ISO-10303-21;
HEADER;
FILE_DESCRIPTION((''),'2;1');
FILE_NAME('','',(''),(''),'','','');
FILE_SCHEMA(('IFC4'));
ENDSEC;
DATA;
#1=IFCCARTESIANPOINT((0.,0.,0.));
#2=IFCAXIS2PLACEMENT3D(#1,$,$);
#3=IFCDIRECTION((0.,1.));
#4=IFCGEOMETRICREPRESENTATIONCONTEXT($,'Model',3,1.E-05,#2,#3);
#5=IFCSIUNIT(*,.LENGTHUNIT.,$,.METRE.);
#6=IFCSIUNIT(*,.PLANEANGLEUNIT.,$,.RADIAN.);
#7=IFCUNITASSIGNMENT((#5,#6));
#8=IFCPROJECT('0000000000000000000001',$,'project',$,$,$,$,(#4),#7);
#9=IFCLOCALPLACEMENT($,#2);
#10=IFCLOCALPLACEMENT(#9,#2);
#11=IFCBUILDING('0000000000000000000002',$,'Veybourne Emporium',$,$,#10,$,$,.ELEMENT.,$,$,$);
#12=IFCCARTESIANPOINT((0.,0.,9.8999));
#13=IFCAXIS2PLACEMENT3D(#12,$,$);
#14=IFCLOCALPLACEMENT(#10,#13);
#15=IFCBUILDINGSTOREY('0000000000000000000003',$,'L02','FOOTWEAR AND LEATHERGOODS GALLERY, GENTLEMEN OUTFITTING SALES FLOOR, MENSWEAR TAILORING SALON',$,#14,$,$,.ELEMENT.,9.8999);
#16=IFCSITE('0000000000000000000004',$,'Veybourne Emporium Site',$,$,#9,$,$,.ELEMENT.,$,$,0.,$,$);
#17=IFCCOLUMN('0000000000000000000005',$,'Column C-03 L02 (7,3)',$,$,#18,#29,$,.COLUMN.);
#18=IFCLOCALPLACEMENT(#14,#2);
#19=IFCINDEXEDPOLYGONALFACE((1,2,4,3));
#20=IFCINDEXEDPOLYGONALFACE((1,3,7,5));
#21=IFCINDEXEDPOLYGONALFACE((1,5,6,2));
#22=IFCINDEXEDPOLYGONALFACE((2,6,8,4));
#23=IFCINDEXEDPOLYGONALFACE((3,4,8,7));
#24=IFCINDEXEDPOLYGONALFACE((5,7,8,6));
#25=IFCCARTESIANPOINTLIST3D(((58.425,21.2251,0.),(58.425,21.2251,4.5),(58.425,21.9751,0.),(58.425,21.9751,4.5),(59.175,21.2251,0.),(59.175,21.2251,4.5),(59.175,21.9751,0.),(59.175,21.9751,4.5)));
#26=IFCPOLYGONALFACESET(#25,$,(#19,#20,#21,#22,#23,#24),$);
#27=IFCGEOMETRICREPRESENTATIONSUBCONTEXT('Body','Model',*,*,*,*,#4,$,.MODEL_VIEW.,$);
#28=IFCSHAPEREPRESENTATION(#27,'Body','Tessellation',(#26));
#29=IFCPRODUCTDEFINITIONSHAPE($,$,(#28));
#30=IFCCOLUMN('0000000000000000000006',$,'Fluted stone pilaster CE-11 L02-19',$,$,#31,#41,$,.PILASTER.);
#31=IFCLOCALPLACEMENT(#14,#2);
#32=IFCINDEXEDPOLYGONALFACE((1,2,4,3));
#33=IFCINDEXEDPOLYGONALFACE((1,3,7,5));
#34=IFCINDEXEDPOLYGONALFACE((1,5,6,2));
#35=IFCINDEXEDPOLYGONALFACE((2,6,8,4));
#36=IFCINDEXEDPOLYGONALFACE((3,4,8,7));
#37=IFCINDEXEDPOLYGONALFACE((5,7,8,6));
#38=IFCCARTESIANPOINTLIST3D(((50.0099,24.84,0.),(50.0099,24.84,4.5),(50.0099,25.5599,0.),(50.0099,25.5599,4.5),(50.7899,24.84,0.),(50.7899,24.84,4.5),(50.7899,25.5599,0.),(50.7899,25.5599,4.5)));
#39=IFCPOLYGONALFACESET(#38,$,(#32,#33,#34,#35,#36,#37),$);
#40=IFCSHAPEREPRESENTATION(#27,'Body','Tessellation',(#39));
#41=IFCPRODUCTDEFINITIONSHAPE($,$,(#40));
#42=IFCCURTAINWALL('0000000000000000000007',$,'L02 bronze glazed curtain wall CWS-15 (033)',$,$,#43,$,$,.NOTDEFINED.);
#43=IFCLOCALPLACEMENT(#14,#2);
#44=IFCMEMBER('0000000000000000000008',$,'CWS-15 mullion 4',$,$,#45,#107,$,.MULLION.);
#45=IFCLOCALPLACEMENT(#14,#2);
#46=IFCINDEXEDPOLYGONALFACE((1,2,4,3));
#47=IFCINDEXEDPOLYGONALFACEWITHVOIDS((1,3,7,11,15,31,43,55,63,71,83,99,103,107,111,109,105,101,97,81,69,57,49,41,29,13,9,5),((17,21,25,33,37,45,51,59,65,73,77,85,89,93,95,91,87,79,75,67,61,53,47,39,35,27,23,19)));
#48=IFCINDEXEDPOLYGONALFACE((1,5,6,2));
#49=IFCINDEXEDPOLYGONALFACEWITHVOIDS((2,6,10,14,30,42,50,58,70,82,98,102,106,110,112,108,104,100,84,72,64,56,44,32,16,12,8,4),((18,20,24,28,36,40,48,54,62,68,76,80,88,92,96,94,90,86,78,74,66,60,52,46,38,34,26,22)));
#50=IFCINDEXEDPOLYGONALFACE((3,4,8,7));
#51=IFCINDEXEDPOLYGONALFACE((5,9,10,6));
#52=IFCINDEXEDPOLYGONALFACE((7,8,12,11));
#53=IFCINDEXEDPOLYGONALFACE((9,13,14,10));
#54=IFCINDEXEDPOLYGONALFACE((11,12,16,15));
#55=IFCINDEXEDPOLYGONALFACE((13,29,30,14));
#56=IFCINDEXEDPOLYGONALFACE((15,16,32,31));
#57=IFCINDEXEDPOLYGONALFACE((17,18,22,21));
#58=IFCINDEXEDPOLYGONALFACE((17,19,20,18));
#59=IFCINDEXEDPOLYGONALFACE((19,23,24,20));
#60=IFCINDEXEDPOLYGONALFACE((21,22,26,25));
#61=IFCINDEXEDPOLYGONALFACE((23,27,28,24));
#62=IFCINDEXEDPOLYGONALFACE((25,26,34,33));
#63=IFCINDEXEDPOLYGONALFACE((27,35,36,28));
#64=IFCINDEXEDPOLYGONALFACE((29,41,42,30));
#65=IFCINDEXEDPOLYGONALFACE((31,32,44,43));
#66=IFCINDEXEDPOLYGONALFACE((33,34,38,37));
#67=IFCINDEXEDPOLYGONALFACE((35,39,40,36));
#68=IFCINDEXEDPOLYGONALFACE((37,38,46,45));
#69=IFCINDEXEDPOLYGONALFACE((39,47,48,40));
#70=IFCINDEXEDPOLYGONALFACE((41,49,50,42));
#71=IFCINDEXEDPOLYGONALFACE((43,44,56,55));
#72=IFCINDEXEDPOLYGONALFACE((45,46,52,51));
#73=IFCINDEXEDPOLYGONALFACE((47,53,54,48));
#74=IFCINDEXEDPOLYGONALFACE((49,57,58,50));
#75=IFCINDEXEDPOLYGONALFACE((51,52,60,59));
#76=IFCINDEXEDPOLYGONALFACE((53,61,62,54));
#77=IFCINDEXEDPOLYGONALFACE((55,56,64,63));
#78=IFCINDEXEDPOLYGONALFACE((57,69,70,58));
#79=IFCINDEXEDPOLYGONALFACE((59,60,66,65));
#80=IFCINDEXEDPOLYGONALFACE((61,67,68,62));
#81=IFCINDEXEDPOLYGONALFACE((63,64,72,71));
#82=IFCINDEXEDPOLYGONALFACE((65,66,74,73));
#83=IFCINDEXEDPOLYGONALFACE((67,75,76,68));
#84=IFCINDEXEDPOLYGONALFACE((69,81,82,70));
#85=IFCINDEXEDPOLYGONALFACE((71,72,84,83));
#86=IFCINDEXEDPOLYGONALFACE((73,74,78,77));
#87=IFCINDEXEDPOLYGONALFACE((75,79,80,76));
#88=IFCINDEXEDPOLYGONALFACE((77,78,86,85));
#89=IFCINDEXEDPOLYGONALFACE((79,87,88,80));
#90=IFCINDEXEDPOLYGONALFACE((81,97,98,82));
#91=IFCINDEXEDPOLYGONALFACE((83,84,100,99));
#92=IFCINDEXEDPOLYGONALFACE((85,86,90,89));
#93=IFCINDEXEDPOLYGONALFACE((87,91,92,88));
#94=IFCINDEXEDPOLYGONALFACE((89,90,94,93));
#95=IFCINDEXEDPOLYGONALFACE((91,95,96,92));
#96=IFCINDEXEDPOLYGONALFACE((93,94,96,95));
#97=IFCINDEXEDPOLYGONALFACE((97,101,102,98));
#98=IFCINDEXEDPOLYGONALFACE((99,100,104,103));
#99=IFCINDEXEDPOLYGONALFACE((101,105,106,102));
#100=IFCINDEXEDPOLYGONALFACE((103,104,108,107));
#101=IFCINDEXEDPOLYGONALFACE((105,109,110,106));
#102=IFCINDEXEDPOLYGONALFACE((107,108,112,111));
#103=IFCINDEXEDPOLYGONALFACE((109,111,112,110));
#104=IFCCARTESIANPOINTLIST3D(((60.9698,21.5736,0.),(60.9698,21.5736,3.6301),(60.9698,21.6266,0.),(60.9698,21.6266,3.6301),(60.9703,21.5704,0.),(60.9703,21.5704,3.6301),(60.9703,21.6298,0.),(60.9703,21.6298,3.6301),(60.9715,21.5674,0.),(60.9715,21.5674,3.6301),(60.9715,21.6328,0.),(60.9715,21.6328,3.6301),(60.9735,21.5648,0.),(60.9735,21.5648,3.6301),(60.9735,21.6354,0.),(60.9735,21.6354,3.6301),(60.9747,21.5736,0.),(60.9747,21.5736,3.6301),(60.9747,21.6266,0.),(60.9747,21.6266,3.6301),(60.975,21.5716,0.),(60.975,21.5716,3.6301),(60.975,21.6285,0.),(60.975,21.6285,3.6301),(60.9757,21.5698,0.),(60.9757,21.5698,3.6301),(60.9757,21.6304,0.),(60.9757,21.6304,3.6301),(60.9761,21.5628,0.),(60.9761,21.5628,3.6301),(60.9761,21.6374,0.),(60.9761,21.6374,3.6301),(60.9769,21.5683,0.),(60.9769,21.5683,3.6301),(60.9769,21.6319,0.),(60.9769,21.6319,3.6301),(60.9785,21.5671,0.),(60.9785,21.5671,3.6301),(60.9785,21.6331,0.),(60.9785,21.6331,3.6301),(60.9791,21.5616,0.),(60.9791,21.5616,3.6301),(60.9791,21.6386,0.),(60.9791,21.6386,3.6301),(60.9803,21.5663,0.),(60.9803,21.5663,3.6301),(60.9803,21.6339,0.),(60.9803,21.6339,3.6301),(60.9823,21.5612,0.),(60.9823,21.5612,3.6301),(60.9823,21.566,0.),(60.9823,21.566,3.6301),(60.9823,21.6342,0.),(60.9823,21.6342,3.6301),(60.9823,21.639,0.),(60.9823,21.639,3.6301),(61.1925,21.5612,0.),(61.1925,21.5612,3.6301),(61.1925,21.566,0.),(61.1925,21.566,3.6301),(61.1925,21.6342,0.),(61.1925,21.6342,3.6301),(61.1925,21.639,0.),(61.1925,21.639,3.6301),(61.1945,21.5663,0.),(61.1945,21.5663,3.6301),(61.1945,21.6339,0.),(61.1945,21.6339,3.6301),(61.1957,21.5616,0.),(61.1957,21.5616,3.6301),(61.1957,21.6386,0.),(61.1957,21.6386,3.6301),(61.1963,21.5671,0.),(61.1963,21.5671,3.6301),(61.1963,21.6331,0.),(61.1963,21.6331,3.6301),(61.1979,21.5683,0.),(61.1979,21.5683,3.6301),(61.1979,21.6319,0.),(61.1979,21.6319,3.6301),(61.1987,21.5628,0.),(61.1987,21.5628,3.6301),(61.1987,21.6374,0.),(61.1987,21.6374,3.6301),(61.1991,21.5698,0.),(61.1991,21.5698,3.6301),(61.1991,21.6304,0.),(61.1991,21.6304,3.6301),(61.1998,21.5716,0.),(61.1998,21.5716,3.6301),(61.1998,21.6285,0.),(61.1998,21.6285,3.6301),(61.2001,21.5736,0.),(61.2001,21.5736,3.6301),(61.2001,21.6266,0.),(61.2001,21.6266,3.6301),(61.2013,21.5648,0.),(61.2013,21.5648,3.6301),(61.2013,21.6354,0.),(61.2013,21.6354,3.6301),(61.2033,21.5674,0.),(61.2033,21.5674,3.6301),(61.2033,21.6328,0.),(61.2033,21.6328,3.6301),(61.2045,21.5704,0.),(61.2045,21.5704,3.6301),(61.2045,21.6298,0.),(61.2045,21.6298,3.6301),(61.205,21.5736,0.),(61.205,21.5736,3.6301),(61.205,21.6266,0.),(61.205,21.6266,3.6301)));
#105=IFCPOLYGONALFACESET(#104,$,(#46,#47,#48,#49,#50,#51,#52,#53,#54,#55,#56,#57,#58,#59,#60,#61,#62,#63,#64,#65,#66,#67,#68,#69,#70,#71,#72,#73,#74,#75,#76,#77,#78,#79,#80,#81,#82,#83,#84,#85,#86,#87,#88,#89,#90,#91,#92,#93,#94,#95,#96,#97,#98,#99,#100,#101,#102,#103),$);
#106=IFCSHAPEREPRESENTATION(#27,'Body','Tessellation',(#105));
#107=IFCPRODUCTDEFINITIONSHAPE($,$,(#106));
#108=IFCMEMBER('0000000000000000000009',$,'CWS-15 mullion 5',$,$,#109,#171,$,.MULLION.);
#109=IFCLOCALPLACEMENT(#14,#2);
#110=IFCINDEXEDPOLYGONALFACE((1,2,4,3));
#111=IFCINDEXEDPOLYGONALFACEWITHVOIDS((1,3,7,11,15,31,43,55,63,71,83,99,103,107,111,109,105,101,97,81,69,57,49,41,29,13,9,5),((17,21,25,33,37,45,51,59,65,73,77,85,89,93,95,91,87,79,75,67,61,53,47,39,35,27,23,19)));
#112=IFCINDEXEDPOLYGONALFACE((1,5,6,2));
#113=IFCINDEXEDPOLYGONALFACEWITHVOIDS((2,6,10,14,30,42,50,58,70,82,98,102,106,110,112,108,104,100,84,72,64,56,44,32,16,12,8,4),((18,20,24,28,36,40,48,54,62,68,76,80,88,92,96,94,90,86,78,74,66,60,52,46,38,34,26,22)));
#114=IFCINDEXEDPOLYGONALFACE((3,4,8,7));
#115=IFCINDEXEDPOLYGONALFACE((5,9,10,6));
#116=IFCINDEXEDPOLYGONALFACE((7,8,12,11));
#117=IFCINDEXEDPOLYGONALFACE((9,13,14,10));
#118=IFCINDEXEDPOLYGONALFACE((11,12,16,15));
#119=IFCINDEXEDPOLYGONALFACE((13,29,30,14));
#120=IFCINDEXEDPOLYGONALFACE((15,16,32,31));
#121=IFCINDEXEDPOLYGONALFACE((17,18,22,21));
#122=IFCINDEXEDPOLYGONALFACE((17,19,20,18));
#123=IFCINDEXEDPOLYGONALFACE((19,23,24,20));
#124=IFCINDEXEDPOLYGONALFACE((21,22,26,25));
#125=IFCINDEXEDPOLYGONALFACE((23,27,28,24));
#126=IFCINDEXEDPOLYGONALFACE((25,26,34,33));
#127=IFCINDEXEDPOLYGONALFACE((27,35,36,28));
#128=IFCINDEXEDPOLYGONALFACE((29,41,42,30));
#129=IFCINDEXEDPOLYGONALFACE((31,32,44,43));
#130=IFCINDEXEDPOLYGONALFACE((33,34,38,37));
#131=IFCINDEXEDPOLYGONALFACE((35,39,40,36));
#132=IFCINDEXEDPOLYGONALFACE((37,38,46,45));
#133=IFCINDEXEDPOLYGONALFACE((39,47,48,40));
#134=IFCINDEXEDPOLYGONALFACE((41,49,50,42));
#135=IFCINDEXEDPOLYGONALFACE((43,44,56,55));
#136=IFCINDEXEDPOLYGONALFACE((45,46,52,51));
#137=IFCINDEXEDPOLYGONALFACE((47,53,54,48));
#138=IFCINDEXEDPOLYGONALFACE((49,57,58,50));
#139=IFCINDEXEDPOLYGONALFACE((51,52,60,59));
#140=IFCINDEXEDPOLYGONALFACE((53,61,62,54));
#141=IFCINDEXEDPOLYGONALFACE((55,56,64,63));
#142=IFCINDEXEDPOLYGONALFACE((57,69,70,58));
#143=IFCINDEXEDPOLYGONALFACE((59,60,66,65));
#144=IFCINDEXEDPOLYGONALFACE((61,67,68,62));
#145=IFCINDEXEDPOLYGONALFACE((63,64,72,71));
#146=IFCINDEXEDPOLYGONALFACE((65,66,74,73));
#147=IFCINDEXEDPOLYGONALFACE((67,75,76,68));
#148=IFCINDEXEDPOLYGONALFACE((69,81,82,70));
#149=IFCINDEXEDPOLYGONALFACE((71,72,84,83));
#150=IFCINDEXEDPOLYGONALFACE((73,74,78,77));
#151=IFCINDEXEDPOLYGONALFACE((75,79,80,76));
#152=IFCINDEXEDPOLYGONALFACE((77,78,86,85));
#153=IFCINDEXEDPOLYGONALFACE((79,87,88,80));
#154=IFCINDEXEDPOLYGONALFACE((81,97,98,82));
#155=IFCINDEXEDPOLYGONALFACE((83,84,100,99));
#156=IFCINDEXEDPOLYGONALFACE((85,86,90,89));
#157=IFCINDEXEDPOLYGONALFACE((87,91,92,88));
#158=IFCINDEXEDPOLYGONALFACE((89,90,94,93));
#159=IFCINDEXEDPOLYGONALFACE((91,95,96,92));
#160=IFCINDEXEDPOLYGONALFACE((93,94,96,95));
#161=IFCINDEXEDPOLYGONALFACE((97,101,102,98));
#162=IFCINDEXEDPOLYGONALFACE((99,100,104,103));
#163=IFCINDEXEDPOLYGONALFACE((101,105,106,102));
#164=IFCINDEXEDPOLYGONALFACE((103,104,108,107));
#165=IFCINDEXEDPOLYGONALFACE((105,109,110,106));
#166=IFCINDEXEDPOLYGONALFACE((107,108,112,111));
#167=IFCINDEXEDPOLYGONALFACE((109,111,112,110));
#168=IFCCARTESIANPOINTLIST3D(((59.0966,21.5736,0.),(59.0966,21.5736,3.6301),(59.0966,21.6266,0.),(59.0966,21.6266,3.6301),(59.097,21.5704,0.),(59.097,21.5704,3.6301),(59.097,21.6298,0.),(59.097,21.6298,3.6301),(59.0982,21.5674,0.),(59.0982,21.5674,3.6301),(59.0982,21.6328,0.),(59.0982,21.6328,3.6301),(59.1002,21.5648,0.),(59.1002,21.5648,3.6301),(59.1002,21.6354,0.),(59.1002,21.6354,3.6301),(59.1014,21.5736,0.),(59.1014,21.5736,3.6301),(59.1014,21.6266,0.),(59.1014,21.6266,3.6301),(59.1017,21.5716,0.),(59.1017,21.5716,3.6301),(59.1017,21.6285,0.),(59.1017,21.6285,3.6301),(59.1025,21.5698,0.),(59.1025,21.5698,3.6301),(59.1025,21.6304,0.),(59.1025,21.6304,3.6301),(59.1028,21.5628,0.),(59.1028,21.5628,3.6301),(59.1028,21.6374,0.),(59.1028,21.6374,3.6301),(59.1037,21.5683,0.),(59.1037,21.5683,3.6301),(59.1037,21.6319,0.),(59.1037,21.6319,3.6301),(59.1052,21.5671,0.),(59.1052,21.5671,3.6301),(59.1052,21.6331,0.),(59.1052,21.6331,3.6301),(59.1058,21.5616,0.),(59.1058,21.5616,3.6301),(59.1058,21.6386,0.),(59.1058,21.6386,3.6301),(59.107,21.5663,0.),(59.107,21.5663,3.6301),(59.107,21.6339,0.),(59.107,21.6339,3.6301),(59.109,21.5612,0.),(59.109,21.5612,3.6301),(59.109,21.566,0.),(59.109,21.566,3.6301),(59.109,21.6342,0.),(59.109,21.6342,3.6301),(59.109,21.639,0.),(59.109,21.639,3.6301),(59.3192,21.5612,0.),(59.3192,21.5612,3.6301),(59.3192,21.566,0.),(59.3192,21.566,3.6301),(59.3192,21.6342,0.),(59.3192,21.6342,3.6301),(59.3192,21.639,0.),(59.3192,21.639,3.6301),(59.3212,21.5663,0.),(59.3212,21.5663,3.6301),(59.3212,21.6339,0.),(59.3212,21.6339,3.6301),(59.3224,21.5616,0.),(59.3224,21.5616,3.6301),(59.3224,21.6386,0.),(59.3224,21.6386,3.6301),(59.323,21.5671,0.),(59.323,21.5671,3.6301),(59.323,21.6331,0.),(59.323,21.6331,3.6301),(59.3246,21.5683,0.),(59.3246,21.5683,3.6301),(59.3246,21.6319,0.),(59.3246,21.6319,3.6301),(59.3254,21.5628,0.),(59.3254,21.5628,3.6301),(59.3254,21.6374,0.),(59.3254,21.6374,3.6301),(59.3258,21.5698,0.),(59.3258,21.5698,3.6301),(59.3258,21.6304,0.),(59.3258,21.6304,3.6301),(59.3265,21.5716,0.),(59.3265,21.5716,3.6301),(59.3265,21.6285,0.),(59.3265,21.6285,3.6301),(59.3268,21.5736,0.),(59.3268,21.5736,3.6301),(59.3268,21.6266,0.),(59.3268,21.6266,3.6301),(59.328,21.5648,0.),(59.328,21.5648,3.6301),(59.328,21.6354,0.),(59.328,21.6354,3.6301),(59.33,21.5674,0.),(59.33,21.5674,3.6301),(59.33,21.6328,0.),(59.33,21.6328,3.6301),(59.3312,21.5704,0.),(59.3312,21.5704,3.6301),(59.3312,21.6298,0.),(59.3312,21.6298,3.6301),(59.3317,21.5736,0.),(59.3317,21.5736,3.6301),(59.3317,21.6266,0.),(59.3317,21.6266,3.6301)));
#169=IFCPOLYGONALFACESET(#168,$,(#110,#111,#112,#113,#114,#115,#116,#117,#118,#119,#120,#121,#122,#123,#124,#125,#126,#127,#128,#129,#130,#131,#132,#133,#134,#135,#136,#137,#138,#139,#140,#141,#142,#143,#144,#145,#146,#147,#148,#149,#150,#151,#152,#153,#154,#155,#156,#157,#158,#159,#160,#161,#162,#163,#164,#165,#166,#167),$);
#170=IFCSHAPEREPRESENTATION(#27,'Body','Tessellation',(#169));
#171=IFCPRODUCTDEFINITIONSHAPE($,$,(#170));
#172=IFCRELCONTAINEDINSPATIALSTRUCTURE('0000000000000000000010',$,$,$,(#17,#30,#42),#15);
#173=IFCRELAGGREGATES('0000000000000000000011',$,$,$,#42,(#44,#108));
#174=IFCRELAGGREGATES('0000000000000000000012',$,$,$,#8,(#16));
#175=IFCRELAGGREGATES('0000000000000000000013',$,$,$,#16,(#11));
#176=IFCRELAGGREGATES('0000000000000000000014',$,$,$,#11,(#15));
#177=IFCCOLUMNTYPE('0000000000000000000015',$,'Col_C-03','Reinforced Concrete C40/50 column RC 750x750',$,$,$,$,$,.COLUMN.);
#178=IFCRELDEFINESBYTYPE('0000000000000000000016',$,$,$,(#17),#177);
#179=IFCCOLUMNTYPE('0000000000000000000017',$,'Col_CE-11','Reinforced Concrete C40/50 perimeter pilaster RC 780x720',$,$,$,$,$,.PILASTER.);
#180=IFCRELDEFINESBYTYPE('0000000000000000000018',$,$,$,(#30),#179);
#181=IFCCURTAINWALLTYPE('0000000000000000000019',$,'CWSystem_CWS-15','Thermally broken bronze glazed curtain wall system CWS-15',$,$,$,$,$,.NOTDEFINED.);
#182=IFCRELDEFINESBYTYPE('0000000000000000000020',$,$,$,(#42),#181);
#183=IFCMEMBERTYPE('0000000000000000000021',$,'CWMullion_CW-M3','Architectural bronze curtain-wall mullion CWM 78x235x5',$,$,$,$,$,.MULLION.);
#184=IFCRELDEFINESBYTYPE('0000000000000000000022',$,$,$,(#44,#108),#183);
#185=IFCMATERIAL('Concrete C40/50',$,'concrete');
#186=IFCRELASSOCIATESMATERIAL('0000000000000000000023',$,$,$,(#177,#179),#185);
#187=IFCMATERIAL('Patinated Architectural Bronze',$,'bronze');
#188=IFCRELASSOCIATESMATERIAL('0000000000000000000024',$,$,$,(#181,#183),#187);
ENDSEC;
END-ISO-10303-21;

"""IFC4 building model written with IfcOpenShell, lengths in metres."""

from ifc_helpers import new_model, si_unit, direction, frame, origin, origin_2d, place, context, subcontext, project, spatial, rectangle, hollow_rectangle, extrude, material, material_profile, profile_set, type_object, element, aggregate, save


model = new_model("IFC4")

# Units and contexts
model_context = context("Model", 3, precision=1e-05, world=origin(), true_north=direction((0.0, 1.0)))
body_context = subcontext(model_context, "Body", "Model", "MODEL_VIEW")
ifc_project = project(units=[si_unit("LENGTHUNIT", "METRE"), si_unit("PLANEANGLEUNIT", "RADIAN")], contexts=[model_context])

# Site, building, storey
site_placement = place(None, origin())
site = spatial("IfcSite", under=ifc_project, at=site_placement, Name="Veybourne Emporium Site", CompositionType="ELEMENT", RefElevation=0.0)
building_placement = place(site_placement, origin())
building = spatial("IfcBuilding", under=site, at=building_placement, Name="Veybourne Emporium", CompositionType="ELEMENT")
storey_placement = place(building_placement, frame((0.0, 0.0, 9.8999)))
storey = spatial("IfcBuildingStorey", under=building, at=storey_placement, Name="L02", Description="FOOTWEAR AND LEATHERGOODS GALLERY, GENTLEMEN OUTFITTING SALES FLOOR, MENSWEAR TAILORING SALON", CompositionType="ELEMENT", Elevation=9.8999)

# Columns
ifc_material_1 = material(Name="Concrete C40/50", Category="concrete")
ifc_material_profile_1 = material_profile(ifc_material_1, rectangle(XDim=0.75, YDim=0.75, at=origin_2d()), Name="RC 750x750")
ifc_profile_set_1 = profile_set([ifc_material_profile_1], Name="Concrete C40/50")
column_type_1 = type_object("IfcColumnType", Name="Col_C-03", Description="Reinforced Concrete C40/50 column RC 750x750", PredefinedType="COLUMN", material=ifc_profile_set_1)
column_1_placement = place(storey_placement, frame((58.8, 21.6001, 0.0), z_axis=(0.0, 0.0, 1.0), x_axis=(1.0, 0.0, 0.0)))
element("IfcColumn", 1, at=column_1_placement, inside=storey, type_object=column_type_1, Name="Column C-03 L02 (7,3)", PredefinedType="COLUMN", context=body_context, shape_type="SweptSolid", body=[
    extrude(rectangle(XDim=0.75, YDim=0.75, at=origin_2d()), origin(), (0.0, 0.0, 1.0), 4.5),
])
ifc_material_profile_2 = material_profile(ifc_material_1, rectangle(XDim=0.78, YDim=0.72, at=origin_2d()), Name="RC 780x720")
ifc_profile_set_2 = profile_set([ifc_material_profile_2], Name="Concrete C40/50")
column_type_2 = type_object("IfcColumnType", Name="Col_CE-11", Description="Reinforced Concrete C40/50 perimeter pilaster RC 780x720", PredefinedType="PILASTER", material=ifc_profile_set_2)
column_2_placement = place(storey_placement, frame((50.3999, 25.2, 0.0), z_axis=(0.0, 0.0, 1.0), x_axis=(1.0, 0.0, 0.0)))
element("IfcColumn", 2, at=column_2_placement, inside=storey, type_object=column_type_2, Name="Fluted stone pilaster CE-11 L02-19", PredefinedType="PILASTER", context=body_context, shape_type="SweptSolid", body=[
    extrude(rectangle(XDim=0.78, YDim=0.72, at=origin_2d()), origin(), (0.0, 0.0, 1.0), 4.5),
])

# Curtain wall, members
ifc_material_2 = material(Name="Patinated Architectural Bronze", Category="bronze")
curtain_wall_type = type_object("IfcCurtainWallType", Name="CWSystem_CWS-15", Description="Thermally broken bronze glazed curtain wall system CWS-15", PredefinedType="NOTDEFINED", material=ifc_material_2)
curtain_wall_placement = place(storey_placement, origin())
curtain_wall = element("IfcCurtainWall", 3, at=curtain_wall_placement, inside=storey, type_object=curtain_wall_type, Name="L02 bronze glazed curtain wall CWS-15 (033)", PredefinedType="NOTDEFINED")
ifc_material_profile_3 = material_profile(ifc_material_2, hollow_rectangle(XDim=0.0779, YDim=0.2351, WallThickness=0.0049, InnerFilletRadius=0.0076, OuterFilletRadius=0.0125, at=origin_2d()), Name="CWM 78x235x5")
ifc_profile_set_3 = profile_set([ifc_material_profile_3], Name="Patinated Architectural Bronze")
member_type_1 = type_object("IfcMemberType", Name="CWMullion_CW-M3", Description="Architectural bronze curtain-wall mullion CWM 78x235x5", PredefinedType="MULLION", material=ifc_profile_set_3)
member_1_placement = place(storey_placement, frame((61.0874, 21.6001, 0.0), z_axis=(0.0, 0.0, 1.0), x_axis=(0.0, -1.0, 0.0)))
member_1 = element("IfcMember", 4, at=member_1_placement, type_object=member_type_1, Name="CWS-15 mullion 4", PredefinedType="MULLION", context=body_context, shape_type="SweptSolid", body=[
    extrude(hollow_rectangle(XDim=0.0779, YDim=0.2351, WallThickness=0.0049, InnerFilletRadius=0.0076, OuterFilletRadius=0.0125, at=origin_2d()), origin(), (0.0, 0.0, 1.0), 3.6301),
])
member_2_placement = place(storey_placement, frame((59.2141, 21.6001, 0.0), z_axis=(0.0, 0.0, 1.0), x_axis=(0.0, -1.0, 0.0)))
member_2 = element("IfcMember", 5, at=member_2_placement, type_object=member_type_1, Name="CWS-15 mullion 5", PredefinedType="MULLION", context=body_context, shape_type="SweptSolid", body=[
    extrude(hollow_rectangle(XDim=0.0779, YDim=0.2351, WallThickness=0.0049, InnerFilletRadius=0.0076, OuterFilletRadius=0.0125, at=origin_2d()), origin(), (0.0, 0.0, 1.0), 3.6301),
])

aggregate(curtain_wall, [member_1, member_2])

save(model, "model.ifc")
